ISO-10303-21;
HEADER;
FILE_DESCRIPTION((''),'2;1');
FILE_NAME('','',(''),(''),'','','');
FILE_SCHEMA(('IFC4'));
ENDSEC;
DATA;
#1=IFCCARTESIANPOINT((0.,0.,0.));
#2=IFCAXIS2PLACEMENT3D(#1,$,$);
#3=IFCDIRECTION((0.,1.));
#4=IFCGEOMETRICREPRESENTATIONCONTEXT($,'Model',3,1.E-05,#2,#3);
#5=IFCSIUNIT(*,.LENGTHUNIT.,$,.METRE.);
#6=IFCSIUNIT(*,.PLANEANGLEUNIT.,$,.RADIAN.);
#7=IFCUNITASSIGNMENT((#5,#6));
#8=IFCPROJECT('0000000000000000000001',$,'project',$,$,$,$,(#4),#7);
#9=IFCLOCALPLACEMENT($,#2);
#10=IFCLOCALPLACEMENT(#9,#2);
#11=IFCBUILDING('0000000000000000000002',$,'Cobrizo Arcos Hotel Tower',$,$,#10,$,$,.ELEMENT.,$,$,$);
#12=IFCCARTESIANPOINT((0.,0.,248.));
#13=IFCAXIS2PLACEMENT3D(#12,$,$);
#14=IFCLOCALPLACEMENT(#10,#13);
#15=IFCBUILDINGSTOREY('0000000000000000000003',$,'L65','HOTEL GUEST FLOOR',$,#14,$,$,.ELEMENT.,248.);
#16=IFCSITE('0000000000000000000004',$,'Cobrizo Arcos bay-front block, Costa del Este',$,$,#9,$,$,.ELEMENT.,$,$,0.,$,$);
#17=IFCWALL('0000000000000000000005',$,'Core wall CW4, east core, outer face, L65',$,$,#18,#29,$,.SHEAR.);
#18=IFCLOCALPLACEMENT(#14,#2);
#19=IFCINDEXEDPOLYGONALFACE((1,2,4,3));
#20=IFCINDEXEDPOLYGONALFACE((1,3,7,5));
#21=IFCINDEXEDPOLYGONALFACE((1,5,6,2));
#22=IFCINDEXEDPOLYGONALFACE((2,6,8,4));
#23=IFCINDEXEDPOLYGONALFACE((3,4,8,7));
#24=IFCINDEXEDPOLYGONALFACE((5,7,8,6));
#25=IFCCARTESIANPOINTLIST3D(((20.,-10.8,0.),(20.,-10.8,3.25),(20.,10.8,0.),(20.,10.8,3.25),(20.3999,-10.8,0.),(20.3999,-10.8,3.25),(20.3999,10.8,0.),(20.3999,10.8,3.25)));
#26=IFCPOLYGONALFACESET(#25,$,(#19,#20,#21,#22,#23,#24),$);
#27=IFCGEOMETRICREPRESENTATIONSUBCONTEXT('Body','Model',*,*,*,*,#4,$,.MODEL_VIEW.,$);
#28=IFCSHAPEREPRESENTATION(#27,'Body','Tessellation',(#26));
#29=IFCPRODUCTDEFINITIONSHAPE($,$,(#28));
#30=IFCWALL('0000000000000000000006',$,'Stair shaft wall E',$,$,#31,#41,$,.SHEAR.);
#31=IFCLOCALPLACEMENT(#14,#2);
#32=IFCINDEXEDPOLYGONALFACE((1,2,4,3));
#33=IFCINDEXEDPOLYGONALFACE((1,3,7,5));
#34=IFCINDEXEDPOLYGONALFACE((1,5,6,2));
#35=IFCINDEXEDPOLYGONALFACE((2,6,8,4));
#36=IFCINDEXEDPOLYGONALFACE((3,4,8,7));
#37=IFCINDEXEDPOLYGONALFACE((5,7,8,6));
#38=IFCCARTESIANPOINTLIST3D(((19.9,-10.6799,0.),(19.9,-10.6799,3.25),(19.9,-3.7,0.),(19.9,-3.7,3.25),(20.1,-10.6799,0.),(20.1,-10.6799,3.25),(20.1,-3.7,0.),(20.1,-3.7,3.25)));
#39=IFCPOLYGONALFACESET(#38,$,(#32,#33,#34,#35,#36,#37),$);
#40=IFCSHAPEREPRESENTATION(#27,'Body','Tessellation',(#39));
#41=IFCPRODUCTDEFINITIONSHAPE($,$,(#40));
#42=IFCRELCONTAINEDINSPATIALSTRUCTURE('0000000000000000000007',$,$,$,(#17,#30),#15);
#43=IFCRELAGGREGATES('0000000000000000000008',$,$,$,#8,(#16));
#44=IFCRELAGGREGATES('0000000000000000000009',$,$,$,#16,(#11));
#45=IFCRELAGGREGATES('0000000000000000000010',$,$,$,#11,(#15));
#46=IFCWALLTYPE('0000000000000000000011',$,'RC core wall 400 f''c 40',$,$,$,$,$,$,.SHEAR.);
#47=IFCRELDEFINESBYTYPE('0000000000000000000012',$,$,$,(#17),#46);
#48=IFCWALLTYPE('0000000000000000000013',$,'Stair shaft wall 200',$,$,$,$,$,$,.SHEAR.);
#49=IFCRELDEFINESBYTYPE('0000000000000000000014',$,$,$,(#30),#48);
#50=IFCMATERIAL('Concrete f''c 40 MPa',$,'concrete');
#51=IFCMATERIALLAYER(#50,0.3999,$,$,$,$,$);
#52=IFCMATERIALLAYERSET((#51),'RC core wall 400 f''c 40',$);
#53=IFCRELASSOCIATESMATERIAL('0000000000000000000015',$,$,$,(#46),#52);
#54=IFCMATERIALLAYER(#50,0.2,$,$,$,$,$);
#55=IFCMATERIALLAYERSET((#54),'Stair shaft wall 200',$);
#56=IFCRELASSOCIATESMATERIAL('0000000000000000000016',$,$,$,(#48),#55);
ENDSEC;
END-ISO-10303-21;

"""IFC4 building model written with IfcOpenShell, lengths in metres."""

from ifc_helpers import new_model, si_unit, direction, frame, frame_2d, origin, place, context, subcontext, project, spatial, rectangle, extrude, material, layer, layer_set, type_object, element, save


model = new_model("IFC4")

# Units and contexts
model_context = context("Model", 3, precision=1e-05, world=origin(), true_north=direction((0.0, 1.0)))
body_context = subcontext(model_context, "Body", "Model", "MODEL_VIEW")
ifc_project = project(units=[si_unit("LENGTHUNIT", "METRE"), si_unit("PLANEANGLEUNIT", "RADIAN")], contexts=[model_context])

# Site, building, storey
site_placement = place(None, origin())
site = spatial("IfcSite", under=ifc_project, at=site_placement, Name="Cobrizo Arcos bay-front block, Costa del Este", CompositionType="ELEMENT", RefElevation=0.0)
building_placement = place(site_placement, origin())
building = spatial("IfcBuilding", under=site, at=building_placement, Name="Cobrizo Arcos Hotel Tower", CompositionType="ELEMENT")
storey_placement = place(building_placement, frame((0.0, 0.0, 248.0)))
storey = spatial("IfcBuildingStorey", under=building, at=storey_placement, Name="L65", Description="HOTEL GUEST FLOOR", CompositionType="ELEMENT", Elevation=248.0)

# Shared definitions
ifc_material_1 = material(Name="Concrete f'c 40 MPa", Category="concrete")
ifc_layer_1 = layer(ifc_material_1, 0.3999)
ifc_layer_set_1 = layer_set([ifc_layer_1], Name="RC core wall 400 f'c 40")
wall_type_1 = type_object("IfcWallType", Name="RC core wall 400 f'c 40", PredefinedType="SHEAR", material=ifc_layer_set_1)

# Walls
wall_1_placement = place(storey_placement, frame((20.2, -10.8, 0.0), z_axis=(0.0, 0.0, 1.0), x_axis=(0.0, 1.0, 0.0)))
element("IfcWall", 1, at=wall_1_placement, inside=storey, type_object=wall_type_1, Name="Core wall CW4, east core, outer face, L65", PredefinedType="SHEAR", context=body_context, shape_type="SweptSolid", body=[
    extrude(rectangle(XDim=21.6001, YDim=0.3999, at=frame_2d((10.8, 0.0))), origin(), (0.0, 0.0, 1.0), 3.25),
])
ifc_layer_2 = layer(ifc_material_1, 0.2)
ifc_layer_set_2 = layer_set([ifc_layer_2], Name="Stair shaft wall 200")
wall_type_2 = type_object("IfcWallType", Name="Stair shaft wall 200", PredefinedType="SHEAR", material=ifc_layer_set_2)
wall_2_placement = place(storey_placement, frame((20.0, -10.6799, 0.0), z_axis=(0.0, 0.0, 1.0), x_axis=(0.0, 1.0, 0.0)))
element("IfcWall", 2, at=wall_2_placement, inside=storey, type_object=wall_type_2, Name="Stair shaft wall E", PredefinedType="SHEAR", context=body_context, shape_type="SweptSolid", body=[
    extrude(rectangle(XDim=6.98, YDim=0.2, at=frame_2d((3.49, 0.0))), origin(), (0.0, 0.0, 1.0), 3.25),
])

save(model, "model.ifc")
